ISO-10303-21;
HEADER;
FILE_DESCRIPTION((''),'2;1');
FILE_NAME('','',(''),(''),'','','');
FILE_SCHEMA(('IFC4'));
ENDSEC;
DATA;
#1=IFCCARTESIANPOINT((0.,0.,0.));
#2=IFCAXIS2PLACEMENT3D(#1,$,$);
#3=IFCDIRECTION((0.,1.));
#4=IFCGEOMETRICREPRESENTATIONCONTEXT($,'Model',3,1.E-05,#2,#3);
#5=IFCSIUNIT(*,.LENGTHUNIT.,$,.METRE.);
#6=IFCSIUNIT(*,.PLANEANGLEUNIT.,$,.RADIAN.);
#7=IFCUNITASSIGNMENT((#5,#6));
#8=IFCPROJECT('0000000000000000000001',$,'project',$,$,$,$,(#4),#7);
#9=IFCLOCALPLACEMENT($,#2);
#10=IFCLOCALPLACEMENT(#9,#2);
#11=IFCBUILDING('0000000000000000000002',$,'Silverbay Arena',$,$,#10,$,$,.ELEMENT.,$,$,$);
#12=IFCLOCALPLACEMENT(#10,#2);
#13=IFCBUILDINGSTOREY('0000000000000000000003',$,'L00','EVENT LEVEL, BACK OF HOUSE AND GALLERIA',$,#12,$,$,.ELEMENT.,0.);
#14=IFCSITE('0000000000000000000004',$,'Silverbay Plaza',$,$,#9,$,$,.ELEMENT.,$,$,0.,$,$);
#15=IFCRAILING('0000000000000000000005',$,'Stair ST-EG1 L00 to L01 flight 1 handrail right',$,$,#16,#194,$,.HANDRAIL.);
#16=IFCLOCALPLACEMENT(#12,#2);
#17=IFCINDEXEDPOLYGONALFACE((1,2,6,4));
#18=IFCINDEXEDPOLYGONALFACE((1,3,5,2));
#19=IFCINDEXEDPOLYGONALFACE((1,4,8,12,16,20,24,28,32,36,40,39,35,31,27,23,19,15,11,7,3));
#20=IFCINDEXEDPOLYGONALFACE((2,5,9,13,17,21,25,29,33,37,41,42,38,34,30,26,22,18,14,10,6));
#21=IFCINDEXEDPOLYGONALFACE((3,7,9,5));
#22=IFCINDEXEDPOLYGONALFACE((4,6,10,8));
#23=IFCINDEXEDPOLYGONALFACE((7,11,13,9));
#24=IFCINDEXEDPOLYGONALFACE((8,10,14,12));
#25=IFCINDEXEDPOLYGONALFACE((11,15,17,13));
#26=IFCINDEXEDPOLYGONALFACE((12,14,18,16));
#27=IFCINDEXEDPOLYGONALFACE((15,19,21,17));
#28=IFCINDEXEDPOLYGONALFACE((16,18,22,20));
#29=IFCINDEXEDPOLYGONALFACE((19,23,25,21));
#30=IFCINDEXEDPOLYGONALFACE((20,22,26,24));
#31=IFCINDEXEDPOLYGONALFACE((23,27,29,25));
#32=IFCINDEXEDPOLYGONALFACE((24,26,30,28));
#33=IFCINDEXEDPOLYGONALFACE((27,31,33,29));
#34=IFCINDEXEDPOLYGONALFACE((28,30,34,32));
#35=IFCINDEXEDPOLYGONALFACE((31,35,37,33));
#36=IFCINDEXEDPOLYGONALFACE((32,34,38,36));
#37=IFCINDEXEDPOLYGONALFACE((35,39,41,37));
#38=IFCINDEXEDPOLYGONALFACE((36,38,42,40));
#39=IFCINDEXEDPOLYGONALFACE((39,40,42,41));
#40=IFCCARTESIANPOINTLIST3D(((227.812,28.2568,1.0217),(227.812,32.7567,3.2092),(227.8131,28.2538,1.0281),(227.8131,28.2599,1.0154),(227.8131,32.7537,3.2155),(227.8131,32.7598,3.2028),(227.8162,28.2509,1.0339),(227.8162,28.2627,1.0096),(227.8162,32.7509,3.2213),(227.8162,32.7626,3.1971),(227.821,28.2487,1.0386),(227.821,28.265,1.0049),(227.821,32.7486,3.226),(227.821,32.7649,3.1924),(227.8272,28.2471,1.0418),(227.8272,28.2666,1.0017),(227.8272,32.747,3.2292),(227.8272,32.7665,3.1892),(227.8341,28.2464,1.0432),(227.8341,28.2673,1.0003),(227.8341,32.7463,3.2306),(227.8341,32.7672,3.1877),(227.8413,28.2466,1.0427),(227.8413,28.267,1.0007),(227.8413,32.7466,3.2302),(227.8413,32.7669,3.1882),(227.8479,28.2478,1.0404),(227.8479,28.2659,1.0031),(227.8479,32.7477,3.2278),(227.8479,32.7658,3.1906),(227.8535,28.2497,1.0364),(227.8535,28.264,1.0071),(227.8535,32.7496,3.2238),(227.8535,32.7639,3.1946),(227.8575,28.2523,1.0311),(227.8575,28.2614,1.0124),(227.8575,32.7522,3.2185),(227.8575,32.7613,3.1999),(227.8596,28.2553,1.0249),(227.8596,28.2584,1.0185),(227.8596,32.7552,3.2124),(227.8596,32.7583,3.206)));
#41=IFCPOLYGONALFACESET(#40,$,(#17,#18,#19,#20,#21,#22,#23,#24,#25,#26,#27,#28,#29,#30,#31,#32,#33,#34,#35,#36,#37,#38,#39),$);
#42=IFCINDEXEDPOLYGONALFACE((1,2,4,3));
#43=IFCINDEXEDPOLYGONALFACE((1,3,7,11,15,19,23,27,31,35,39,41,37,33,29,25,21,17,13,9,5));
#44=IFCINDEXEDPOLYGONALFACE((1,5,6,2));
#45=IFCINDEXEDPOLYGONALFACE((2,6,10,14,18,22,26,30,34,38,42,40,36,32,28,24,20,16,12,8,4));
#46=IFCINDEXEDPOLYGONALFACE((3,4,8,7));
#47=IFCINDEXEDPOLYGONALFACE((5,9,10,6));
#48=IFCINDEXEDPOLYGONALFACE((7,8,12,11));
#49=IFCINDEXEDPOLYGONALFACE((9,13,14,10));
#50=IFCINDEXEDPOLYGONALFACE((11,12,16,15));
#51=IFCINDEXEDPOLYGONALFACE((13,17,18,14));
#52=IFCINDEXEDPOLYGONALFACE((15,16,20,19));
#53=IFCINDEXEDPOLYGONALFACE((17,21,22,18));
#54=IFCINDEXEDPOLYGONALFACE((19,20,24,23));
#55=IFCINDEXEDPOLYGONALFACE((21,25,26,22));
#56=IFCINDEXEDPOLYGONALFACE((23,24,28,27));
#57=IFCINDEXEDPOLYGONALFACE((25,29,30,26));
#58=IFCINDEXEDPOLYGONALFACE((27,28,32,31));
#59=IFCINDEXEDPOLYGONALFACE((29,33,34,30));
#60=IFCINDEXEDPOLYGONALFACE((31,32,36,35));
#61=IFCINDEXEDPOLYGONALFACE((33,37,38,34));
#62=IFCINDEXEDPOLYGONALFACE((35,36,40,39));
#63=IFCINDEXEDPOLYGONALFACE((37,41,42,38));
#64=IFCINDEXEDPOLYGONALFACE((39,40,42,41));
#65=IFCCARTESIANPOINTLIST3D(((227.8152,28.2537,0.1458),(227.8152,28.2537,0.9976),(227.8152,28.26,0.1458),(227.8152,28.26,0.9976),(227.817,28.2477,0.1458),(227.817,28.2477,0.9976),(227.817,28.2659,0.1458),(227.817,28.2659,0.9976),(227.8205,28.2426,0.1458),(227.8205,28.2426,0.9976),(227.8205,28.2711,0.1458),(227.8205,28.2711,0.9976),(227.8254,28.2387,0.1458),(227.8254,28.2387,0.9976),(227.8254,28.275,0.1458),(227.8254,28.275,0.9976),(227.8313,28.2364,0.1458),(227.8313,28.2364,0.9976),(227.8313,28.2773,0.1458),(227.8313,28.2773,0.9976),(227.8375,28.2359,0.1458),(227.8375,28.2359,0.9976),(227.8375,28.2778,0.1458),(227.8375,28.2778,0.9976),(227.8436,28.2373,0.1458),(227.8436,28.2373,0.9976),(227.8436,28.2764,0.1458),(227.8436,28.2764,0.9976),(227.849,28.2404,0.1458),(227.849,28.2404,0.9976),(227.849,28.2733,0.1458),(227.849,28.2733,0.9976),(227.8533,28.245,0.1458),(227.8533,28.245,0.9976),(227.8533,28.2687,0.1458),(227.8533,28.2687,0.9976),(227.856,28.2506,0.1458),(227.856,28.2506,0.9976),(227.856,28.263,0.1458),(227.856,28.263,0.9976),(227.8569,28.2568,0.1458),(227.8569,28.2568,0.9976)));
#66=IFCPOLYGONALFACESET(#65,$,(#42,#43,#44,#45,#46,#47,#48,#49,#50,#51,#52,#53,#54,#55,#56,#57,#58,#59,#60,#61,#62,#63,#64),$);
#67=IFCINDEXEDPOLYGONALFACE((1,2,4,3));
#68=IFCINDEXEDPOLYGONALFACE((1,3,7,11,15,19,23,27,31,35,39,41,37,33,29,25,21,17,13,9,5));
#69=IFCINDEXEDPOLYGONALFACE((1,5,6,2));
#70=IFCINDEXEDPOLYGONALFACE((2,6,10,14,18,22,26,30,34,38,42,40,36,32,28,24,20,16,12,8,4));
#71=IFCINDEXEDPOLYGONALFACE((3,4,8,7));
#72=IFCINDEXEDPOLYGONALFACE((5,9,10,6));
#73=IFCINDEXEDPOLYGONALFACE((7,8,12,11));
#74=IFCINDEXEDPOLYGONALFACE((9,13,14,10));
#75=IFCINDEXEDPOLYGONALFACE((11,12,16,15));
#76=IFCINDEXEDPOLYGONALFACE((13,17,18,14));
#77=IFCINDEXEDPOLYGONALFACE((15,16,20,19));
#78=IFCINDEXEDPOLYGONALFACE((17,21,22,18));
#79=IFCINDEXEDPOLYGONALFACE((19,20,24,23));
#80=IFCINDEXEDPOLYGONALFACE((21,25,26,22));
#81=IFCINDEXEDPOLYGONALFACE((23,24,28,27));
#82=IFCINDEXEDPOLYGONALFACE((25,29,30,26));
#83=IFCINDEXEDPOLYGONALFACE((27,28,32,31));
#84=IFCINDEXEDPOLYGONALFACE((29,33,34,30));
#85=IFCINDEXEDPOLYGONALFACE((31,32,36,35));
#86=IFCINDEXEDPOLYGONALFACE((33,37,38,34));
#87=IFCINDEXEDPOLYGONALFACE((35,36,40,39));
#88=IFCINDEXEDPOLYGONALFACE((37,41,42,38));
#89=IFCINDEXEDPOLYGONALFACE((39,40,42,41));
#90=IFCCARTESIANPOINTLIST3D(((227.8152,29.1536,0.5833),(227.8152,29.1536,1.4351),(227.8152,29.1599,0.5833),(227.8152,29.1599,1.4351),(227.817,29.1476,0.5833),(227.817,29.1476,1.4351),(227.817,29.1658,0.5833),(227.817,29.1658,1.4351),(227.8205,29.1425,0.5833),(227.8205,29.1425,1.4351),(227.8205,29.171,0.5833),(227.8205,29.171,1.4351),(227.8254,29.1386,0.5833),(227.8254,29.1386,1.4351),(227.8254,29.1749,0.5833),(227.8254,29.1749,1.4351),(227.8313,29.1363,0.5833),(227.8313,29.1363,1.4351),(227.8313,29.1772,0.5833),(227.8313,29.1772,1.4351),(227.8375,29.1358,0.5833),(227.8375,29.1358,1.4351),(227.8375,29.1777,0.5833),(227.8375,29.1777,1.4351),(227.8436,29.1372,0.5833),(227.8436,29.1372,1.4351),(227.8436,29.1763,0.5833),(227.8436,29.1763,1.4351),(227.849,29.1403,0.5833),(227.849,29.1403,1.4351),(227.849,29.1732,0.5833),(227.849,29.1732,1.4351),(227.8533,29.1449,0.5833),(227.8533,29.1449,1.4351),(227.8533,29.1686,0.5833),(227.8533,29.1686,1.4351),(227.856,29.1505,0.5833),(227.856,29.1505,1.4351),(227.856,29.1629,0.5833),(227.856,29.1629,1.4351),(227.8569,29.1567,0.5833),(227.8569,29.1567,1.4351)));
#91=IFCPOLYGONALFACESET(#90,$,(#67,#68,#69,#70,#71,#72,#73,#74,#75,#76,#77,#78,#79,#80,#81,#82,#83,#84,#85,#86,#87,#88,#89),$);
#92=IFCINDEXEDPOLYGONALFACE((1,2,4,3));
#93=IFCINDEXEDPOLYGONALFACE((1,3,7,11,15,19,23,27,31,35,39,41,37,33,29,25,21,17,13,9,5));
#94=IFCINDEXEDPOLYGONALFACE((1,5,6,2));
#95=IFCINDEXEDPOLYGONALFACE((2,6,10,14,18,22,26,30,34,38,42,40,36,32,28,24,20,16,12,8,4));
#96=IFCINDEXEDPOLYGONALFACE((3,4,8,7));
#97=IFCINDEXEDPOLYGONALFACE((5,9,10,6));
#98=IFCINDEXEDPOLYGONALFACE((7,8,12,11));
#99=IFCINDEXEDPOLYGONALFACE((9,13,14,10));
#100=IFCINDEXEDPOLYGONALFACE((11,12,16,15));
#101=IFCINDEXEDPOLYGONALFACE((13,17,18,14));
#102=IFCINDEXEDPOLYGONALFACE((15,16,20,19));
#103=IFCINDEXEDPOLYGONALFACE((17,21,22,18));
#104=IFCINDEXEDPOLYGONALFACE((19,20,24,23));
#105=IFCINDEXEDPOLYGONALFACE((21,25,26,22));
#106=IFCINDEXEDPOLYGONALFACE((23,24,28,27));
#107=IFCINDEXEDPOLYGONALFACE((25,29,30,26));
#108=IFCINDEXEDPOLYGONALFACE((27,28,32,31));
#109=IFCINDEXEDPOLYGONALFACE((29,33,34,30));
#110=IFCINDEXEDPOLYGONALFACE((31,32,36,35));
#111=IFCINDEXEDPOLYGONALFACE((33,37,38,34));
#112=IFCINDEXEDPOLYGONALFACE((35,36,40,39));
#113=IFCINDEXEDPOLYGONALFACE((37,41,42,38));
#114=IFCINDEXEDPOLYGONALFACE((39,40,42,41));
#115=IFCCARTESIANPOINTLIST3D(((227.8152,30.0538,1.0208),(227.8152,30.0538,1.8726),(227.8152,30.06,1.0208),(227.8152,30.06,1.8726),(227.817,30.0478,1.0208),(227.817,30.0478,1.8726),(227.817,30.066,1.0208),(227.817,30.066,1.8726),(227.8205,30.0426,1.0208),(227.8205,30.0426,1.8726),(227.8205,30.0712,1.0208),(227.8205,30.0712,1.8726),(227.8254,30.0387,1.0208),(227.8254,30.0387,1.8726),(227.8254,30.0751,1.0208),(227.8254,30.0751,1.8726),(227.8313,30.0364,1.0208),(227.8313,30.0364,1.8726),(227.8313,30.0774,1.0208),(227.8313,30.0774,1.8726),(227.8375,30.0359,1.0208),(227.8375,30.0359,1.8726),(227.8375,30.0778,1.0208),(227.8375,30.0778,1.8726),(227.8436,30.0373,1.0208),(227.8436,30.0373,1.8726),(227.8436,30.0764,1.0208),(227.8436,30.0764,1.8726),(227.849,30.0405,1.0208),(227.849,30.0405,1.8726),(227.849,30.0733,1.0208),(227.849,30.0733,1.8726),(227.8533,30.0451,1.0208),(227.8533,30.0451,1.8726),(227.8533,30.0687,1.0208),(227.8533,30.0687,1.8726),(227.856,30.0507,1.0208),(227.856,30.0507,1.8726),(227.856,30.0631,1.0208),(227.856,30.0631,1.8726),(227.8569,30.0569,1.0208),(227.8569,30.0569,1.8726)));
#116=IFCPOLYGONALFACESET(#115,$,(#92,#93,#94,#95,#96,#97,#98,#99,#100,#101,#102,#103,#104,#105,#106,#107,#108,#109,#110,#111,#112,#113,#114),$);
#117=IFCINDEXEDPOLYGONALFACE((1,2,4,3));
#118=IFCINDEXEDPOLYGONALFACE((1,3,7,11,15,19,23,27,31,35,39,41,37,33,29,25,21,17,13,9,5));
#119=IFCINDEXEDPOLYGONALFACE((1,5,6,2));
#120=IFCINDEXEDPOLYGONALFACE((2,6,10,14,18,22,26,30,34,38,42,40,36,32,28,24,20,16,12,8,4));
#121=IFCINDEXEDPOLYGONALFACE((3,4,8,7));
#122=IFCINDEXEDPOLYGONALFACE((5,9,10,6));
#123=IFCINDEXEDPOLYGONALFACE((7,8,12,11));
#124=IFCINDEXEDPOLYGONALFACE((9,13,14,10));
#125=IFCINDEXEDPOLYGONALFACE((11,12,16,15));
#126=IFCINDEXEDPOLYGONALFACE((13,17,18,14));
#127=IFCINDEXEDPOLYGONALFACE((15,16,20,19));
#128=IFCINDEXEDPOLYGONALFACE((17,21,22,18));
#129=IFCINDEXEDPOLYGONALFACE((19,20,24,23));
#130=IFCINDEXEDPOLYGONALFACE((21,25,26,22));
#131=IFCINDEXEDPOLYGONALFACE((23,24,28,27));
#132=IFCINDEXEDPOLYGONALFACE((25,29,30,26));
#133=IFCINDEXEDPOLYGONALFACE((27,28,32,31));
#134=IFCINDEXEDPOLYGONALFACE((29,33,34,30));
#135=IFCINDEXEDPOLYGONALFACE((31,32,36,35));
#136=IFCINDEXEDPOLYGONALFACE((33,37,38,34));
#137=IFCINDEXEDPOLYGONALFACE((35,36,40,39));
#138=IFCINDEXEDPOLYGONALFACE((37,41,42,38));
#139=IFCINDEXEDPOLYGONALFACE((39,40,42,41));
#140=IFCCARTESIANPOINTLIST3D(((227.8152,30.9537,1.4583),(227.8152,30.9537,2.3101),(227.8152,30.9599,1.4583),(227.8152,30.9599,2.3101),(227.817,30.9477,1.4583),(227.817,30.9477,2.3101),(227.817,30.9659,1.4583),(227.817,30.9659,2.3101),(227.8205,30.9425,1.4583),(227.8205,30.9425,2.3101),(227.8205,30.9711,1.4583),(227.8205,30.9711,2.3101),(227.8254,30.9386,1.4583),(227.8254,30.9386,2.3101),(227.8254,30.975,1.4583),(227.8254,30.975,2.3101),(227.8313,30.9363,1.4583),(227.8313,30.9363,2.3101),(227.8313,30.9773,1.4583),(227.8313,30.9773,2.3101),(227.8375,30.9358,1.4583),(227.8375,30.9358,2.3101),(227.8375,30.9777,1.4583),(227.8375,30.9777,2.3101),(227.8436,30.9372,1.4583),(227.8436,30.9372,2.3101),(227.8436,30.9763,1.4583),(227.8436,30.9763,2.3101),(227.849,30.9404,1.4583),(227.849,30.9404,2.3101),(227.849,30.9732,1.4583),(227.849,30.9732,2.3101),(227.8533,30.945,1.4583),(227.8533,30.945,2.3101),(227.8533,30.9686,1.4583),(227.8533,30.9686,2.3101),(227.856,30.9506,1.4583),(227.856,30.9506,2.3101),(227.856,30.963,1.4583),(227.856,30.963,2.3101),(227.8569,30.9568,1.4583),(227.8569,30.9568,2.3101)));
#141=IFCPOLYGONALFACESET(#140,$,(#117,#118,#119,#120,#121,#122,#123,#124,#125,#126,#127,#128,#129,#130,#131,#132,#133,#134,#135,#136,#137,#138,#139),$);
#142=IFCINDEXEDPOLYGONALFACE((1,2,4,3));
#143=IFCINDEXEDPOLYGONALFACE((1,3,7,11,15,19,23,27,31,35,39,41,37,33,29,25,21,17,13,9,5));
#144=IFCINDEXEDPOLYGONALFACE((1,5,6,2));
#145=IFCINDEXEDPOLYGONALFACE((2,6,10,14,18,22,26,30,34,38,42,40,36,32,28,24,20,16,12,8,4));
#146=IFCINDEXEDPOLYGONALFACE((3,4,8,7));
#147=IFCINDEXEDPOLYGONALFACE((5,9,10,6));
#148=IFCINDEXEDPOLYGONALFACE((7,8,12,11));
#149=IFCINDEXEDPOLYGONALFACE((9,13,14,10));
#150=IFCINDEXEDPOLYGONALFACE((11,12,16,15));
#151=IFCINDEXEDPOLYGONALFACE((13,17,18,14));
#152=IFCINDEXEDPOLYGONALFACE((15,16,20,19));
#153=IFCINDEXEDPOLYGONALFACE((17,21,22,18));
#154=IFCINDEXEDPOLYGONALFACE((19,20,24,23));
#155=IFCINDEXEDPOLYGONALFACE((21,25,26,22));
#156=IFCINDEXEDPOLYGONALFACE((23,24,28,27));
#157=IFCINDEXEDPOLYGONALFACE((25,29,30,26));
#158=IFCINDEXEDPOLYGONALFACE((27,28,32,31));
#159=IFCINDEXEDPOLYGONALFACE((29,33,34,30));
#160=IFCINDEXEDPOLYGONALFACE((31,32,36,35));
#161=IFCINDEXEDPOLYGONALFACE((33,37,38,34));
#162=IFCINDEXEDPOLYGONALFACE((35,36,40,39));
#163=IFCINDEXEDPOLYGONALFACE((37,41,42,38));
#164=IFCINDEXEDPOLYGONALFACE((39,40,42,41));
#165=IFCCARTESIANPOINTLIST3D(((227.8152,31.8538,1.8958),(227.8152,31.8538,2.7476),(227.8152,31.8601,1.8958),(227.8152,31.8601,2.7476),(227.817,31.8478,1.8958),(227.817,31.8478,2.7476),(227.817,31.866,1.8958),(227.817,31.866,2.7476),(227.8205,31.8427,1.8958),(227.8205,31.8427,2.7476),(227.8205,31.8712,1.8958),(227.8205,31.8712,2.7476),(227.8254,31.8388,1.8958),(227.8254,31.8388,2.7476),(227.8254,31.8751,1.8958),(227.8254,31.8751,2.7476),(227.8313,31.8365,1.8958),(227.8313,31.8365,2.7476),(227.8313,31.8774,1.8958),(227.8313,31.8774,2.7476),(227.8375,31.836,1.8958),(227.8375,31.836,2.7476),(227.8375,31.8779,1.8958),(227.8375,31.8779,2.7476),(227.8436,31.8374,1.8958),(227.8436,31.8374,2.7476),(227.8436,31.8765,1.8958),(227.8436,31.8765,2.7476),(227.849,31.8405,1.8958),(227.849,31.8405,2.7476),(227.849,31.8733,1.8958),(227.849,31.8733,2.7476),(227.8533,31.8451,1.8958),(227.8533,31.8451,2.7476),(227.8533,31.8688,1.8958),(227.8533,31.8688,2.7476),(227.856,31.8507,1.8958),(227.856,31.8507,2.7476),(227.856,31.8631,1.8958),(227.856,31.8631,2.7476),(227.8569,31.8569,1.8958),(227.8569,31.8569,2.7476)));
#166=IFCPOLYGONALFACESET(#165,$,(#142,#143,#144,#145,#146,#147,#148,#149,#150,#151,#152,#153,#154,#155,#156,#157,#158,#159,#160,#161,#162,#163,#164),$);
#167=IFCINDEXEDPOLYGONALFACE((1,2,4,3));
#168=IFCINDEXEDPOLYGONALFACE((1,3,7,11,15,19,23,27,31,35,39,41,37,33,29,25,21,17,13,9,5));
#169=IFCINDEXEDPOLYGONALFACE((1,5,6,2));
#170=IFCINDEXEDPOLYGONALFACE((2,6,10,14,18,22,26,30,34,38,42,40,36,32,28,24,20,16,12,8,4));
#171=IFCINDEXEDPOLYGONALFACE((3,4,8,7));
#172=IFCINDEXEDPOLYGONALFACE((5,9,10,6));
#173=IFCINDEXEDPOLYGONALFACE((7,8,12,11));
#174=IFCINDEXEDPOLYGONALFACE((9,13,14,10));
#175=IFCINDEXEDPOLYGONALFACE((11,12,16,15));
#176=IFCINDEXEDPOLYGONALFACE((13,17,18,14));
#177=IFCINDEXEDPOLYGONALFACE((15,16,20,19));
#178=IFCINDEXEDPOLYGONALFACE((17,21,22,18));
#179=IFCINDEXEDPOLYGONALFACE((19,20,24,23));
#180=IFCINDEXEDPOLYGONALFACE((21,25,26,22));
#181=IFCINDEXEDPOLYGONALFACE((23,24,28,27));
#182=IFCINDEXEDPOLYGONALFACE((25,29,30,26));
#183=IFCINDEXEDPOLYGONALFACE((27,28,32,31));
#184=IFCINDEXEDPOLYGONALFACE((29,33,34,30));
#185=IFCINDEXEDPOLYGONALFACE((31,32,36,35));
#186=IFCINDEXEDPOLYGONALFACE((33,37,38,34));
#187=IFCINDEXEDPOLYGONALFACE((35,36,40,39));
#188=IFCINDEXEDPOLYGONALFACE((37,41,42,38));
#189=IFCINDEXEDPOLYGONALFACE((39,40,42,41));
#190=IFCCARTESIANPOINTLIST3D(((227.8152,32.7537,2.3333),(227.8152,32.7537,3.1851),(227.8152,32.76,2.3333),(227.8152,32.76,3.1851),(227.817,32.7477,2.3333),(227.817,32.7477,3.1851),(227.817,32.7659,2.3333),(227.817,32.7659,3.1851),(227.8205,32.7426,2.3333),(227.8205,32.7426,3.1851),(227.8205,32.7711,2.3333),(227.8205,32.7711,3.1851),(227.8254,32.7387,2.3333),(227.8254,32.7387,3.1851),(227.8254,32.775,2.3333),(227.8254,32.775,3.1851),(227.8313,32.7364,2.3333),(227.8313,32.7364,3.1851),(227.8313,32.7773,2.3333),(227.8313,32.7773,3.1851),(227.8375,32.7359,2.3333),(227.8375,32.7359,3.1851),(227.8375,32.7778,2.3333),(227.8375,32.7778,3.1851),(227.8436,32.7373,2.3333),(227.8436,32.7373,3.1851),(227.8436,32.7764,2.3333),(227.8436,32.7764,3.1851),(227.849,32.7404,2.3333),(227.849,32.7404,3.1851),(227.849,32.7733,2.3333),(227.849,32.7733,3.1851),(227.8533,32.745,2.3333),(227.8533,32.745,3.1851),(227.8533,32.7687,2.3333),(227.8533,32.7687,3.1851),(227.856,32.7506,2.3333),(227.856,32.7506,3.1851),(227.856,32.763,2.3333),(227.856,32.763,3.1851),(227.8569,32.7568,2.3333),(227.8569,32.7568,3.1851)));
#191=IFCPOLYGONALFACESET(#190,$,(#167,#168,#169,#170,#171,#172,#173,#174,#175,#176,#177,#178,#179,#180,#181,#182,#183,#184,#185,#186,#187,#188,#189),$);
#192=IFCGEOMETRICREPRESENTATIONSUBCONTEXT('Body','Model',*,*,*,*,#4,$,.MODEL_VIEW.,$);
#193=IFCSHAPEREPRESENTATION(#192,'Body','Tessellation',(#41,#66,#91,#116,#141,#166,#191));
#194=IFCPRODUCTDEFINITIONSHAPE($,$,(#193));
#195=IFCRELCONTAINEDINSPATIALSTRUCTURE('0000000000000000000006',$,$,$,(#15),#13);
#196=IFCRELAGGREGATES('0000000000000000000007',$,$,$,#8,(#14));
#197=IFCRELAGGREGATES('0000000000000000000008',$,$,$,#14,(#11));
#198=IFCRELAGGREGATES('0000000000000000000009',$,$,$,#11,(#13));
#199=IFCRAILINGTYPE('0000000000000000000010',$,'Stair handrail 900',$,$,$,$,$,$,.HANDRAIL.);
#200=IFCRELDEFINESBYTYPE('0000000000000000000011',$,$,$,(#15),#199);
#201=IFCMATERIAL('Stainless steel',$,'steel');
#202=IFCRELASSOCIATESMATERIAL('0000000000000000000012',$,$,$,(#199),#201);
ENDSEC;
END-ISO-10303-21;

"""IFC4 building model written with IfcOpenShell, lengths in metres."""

from ifc_helpers import new_model, si_unit, direction, frame, origin, origin_2d, place, context, subcontext, project, spatial, circle, extrude, material, type_object, element, save


model = new_model("IFC4")

# Units and contexts
model_context = context("Model", 3, precision=1e-05, world=origin(), true_north=direction((0.0, 1.0)))
body_context = subcontext(model_context, "Body", "Model", "MODEL_VIEW")
ifc_project = project(units=[si_unit("LENGTHUNIT", "METRE"), si_unit("PLANEANGLEUNIT", "RADIAN")], contexts=[model_context])

# Site, building, storey
site_placement = place(None, origin())
site = spatial("IfcSite", under=ifc_project, at=site_placement, Name="Silverbay Plaza", CompositionType="ELEMENT", RefElevation=0.0)
building_placement = place(site_placement, origin())
building = spatial("IfcBuilding", under=site, at=building_placement, Name="Silverbay Arena", CompositionType="ELEMENT")
storey_placement = place(building_placement, origin())
storey = spatial("IfcBuildingStorey", under=building, at=storey_placement, Name="L00", Description="EVENT LEVEL, BACK OF HOUSE AND GALLERIA", CompositionType="ELEMENT", Elevation=0.0)

# Railing
ifc_material_1 = material(Name="Stainless steel", Category="steel")
railing_type_1 = type_object("IfcRailingType", Name="Stair handrail 900", PredefinedType="HANDRAIL", material=ifc_material_1)
for number, where, name in (
    (1, (227.8359, 28.2568, 0.1458), "Stair ST-EG1 L00 to L01 flight 1 handrail right"),
):
    element("IfcRailing", number, at=place(storey_placement, frame(where)), inside=storey, type_object=railing_type_1, Name=name, PredefinedType="HANDRAIL", context=body_context, shape_type="SweptSolid", body=[
        extrude(circle(Radius=0.0239, at=origin_2d()), frame((0.0, 0.0, 0.876), z_axis=(0.0, 0.899368, 0.437193), x_axis=(-1.0, 0.0, 0.0)), (0.0, 0.0, 1.0), 5.0034),
        extrude(circle(Radius=0.021, at=origin_2d()), origin(), (0.0, 0.0, 1.0), 0.8518),
        extrude(circle(Radius=0.021, at=origin_2d()), frame((0.0, 0.8999, 0.4375)), (0.0, 0.0, 1.0), 0.8518),
        extrude(circle(Radius=0.021, at=origin_2d()), frame((0.0, 1.8, 0.875)), (0.0, 0.0, 1.0), 0.8518),
        extrude(circle(Radius=0.021, at=origin_2d()), frame((0.0, 2.7, 1.3125)), (0.0, 0.0, 1.0), 0.8518),
        extrude(circle(Radius=0.021, at=origin_2d()), frame((0.0, 3.6001, 1.75)), (0.0, 0.0, 1.0), 0.8518),
        extrude(circle(Radius=0.021, at=origin_2d()), frame((0.0, 4.5, 2.1875)), (0.0, 0.0, 1.0), 0.8518),
    ])

save(model, "model.ifc")
